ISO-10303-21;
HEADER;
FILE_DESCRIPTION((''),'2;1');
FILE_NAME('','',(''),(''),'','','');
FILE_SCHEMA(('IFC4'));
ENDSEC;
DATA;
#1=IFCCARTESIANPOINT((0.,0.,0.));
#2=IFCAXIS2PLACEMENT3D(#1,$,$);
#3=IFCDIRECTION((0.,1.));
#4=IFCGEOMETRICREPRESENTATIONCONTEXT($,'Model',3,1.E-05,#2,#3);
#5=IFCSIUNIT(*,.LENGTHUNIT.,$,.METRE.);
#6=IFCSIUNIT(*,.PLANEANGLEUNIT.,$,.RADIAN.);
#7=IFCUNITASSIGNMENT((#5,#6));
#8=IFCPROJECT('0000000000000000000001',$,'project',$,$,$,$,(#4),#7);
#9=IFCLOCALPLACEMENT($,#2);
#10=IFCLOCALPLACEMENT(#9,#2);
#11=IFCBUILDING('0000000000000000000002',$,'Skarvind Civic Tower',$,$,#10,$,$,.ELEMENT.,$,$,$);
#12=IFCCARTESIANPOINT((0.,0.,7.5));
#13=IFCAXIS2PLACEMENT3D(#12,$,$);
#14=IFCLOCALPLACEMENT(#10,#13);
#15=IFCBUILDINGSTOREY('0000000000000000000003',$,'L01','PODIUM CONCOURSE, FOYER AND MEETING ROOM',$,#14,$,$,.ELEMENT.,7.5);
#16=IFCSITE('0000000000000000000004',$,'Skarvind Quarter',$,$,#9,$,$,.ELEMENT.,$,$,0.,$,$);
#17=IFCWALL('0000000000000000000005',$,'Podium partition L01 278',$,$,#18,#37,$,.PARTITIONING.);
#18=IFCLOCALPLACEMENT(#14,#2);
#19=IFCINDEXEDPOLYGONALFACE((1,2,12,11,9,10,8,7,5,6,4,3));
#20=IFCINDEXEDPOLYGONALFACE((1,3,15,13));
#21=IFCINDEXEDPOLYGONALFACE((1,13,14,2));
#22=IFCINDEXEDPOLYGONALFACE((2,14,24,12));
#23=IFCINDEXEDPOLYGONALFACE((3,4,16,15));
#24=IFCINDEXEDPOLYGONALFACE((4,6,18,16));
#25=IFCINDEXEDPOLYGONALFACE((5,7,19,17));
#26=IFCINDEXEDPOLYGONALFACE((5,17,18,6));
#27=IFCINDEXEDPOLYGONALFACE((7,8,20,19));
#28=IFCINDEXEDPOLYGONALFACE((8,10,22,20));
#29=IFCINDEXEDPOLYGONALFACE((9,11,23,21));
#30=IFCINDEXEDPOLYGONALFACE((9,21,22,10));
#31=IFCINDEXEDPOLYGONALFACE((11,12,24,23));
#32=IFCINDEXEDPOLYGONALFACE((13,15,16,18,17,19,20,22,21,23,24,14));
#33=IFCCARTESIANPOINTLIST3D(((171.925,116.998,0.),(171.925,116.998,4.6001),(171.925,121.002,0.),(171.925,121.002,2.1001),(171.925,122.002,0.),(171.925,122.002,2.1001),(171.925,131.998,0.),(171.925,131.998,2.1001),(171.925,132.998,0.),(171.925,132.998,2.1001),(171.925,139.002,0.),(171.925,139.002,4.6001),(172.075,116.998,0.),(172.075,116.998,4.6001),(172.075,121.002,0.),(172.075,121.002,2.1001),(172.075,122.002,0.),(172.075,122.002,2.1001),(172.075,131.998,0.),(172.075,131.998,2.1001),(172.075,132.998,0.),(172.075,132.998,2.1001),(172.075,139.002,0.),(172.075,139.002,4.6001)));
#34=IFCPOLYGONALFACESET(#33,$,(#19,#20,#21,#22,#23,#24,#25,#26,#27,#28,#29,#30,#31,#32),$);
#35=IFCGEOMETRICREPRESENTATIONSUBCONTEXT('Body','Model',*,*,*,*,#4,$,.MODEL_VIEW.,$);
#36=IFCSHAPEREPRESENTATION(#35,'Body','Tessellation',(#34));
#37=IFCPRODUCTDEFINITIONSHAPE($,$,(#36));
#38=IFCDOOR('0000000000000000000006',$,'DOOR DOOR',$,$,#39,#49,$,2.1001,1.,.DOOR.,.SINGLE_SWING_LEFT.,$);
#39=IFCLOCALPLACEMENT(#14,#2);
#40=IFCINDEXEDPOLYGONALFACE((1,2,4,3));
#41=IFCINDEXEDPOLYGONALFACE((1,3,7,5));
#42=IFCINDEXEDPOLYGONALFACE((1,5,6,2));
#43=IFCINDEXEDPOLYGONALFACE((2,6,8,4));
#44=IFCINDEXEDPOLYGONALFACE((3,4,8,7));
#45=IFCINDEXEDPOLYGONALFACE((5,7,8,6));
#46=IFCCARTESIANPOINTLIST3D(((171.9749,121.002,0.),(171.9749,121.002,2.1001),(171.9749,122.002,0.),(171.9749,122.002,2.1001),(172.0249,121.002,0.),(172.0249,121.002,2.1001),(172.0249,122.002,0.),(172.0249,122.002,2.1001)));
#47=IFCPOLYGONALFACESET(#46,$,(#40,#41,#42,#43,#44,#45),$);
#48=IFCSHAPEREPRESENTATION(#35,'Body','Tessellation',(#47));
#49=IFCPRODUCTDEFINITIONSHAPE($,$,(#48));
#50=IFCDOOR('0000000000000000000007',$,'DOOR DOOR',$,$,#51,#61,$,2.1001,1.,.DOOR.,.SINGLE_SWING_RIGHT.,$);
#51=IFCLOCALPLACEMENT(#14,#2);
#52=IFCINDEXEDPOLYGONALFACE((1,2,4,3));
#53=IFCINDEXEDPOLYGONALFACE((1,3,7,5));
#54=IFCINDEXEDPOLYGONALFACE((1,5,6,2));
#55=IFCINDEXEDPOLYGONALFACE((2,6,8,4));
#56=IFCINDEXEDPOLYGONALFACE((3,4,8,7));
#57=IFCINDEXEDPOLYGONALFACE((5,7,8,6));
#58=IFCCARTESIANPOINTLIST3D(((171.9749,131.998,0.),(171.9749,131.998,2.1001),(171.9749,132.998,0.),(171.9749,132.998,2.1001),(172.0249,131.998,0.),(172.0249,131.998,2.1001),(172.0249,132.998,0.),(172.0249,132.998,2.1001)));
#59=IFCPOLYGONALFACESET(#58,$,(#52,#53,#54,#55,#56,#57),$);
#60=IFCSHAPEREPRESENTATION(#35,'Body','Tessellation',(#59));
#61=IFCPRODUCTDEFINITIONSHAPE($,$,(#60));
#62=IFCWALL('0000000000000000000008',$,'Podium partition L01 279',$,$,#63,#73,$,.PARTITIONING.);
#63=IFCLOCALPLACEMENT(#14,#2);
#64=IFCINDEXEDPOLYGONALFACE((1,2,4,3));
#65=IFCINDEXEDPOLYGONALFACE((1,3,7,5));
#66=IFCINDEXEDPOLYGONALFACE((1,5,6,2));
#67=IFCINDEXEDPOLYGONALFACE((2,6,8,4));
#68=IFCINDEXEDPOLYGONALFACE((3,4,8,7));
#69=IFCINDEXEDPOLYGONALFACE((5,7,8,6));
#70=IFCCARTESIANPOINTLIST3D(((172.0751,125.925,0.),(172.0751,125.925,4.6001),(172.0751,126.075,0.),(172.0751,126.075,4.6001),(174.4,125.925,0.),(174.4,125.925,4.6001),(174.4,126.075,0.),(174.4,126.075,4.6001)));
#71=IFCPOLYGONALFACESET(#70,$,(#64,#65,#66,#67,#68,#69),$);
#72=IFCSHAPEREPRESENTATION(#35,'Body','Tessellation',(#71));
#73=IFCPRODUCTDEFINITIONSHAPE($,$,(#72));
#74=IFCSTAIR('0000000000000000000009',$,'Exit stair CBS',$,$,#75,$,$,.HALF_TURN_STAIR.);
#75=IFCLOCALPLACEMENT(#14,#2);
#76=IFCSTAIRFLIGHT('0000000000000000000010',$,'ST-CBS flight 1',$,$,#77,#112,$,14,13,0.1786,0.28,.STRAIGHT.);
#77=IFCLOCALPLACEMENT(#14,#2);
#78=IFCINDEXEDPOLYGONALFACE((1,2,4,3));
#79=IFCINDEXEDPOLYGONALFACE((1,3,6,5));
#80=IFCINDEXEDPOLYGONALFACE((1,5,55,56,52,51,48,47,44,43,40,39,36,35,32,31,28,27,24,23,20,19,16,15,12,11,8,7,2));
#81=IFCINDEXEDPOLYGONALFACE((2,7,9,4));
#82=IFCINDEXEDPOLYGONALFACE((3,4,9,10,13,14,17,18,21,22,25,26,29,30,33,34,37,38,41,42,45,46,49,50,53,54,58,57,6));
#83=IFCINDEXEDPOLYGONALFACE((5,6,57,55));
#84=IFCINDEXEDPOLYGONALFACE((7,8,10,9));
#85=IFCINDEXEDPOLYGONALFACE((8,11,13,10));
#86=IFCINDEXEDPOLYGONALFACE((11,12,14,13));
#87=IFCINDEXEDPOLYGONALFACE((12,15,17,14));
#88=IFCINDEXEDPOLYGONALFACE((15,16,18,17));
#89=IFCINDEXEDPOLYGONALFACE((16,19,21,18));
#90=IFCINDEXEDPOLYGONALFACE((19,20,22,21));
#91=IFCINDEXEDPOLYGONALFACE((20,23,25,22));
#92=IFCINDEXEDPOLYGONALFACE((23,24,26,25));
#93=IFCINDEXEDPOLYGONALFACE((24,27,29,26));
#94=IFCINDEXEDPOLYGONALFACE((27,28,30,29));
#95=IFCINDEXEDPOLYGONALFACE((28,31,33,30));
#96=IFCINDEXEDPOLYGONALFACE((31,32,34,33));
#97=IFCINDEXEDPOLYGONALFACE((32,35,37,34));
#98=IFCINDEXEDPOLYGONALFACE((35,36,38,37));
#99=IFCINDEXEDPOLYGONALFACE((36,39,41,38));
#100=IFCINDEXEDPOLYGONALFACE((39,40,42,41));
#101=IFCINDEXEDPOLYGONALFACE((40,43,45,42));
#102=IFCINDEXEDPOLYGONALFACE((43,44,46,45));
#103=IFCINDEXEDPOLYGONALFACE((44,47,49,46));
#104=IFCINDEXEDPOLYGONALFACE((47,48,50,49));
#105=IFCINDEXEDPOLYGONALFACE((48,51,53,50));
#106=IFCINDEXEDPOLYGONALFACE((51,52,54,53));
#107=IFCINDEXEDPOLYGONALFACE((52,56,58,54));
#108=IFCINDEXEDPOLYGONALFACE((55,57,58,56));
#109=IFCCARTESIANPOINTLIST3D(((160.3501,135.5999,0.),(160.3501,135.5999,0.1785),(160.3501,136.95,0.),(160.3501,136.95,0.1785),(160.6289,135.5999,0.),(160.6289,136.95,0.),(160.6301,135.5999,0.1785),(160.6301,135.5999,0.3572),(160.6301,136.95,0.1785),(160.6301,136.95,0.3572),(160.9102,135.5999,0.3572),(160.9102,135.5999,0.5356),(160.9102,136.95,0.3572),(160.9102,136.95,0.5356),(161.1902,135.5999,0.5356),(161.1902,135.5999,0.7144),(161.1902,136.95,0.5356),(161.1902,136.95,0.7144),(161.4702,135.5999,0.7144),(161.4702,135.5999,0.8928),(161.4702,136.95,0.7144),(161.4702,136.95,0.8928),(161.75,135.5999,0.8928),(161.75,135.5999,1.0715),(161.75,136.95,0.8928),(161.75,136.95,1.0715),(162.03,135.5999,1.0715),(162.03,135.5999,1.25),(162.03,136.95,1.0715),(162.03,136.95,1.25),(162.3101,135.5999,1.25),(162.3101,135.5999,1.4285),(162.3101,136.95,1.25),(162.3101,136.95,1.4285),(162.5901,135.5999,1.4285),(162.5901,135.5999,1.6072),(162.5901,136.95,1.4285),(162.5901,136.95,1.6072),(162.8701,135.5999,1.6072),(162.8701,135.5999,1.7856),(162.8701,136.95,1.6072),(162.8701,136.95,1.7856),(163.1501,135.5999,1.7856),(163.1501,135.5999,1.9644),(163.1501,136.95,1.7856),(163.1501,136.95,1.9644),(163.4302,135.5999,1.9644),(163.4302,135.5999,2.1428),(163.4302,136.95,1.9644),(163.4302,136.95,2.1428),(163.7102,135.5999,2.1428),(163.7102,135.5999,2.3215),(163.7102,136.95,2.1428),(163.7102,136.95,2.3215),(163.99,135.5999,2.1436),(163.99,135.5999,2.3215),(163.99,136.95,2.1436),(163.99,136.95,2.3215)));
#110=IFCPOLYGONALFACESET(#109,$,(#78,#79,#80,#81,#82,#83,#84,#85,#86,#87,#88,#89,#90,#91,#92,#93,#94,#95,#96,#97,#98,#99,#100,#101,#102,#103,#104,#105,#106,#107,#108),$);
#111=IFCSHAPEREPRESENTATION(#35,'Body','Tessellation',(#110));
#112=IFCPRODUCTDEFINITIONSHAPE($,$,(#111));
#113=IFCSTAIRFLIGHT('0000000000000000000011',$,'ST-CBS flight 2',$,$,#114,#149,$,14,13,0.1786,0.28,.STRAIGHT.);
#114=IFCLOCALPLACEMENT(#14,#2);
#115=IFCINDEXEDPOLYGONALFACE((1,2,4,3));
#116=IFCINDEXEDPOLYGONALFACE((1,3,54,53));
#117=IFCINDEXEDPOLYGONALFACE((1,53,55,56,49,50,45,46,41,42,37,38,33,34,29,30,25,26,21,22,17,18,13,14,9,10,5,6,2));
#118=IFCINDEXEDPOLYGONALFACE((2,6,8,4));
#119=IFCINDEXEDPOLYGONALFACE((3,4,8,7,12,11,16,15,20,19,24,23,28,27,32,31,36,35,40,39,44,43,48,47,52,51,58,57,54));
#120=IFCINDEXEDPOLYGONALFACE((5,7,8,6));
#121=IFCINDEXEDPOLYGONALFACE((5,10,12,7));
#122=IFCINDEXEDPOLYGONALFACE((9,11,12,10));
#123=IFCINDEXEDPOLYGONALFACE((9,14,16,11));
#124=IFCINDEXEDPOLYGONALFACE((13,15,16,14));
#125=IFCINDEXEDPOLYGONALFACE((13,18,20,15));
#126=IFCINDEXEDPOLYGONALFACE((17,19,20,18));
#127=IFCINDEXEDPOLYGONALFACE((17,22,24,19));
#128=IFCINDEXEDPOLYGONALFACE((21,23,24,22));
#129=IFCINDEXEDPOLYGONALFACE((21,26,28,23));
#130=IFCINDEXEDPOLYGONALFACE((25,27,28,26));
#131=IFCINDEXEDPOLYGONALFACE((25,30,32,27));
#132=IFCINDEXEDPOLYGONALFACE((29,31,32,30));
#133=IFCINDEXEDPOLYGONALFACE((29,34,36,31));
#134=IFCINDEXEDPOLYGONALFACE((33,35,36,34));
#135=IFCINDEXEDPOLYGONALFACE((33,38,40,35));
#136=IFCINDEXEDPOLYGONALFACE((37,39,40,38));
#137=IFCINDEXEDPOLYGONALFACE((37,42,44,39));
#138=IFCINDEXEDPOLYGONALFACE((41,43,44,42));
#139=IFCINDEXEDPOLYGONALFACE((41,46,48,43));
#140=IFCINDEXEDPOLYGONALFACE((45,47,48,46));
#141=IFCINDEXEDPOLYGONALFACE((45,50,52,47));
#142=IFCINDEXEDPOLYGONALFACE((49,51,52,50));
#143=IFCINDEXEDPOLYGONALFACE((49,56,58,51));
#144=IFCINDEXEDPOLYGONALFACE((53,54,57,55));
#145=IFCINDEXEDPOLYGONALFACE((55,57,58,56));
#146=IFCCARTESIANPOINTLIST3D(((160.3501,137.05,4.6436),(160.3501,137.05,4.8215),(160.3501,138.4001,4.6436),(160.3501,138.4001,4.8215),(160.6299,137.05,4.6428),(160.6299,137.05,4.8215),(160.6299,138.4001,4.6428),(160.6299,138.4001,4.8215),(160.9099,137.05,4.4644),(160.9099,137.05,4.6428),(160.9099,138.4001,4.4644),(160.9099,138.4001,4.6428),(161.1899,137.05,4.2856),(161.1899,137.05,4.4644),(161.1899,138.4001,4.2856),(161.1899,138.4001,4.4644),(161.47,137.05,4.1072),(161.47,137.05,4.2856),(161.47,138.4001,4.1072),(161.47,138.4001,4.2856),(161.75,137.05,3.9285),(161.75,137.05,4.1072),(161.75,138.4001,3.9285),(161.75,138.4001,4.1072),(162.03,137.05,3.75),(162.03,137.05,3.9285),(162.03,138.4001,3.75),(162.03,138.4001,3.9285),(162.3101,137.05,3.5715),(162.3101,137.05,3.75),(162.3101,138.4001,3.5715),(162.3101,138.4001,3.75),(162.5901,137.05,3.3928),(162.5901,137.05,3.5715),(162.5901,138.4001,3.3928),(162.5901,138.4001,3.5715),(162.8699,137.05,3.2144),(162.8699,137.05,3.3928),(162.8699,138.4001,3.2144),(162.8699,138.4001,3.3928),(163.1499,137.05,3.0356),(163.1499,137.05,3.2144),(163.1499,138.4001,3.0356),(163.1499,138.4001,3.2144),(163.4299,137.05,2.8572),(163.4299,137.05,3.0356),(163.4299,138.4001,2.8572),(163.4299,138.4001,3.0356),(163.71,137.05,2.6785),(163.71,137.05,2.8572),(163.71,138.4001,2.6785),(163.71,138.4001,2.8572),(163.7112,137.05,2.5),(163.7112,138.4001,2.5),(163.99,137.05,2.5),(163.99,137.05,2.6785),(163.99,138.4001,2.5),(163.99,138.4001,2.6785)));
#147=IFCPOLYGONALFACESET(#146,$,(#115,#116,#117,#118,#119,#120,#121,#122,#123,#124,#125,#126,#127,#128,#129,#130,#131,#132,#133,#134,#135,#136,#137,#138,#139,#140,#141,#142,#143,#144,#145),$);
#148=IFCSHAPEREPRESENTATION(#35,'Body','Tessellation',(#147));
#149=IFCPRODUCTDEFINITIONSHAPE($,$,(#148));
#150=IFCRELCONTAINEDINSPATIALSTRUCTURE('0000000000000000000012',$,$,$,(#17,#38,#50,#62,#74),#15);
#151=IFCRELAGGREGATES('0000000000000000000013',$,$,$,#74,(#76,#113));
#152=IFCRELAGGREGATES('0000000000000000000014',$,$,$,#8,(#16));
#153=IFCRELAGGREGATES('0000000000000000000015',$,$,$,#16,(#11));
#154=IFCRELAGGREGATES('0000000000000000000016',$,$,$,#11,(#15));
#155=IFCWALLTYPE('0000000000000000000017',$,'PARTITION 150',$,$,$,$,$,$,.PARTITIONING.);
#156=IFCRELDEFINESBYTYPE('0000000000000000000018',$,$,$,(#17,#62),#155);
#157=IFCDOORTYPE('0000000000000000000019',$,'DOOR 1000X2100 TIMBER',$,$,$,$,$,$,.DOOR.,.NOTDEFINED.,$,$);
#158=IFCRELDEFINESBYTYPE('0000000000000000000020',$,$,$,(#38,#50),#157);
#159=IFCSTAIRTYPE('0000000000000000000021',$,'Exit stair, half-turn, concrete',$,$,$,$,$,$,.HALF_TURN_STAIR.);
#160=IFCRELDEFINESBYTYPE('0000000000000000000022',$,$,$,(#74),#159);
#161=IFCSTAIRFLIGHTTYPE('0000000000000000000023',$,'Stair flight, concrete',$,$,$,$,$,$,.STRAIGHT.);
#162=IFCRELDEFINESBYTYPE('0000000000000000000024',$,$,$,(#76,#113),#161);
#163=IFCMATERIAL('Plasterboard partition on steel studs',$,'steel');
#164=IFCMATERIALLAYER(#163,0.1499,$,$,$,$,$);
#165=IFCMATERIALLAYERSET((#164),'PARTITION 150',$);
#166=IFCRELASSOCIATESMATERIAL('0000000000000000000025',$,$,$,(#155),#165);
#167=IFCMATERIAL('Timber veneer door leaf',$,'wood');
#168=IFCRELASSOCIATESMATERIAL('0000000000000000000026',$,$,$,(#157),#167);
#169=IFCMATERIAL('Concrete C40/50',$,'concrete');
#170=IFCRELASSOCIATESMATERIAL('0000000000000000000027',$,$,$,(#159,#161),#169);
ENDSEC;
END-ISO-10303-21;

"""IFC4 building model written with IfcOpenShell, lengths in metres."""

from ifc_helpers import new_model, si_unit, direction, frame, frame_2d, origin, place, context, subcontext, project, spatial, polyline, rectangle, outline, extrude, material, layer, layer_set, type_object, element, fill, aggregate, save


model = new_model("IFC4")

# Units and contexts
model_context = context("Model", 3, precision=1e-05, world=origin(), true_north=direction((0.0, 1.0)))
body_context = subcontext(model_context, "Body", "Model", "MODEL_VIEW")
ifc_project = project(units=[si_unit("LENGTHUNIT", "METRE"), si_unit("PLANEANGLEUNIT", "RADIAN")], contexts=[model_context])

# Site, building, storey
site_placement = place(None, origin())
site = spatial("IfcSite", under=ifc_project, at=site_placement, Name="Skarvind Quarter", CompositionType="ELEMENT", RefElevation=0.0)
building_placement = place(site_placement, origin())
building = spatial("IfcBuilding", under=site, at=building_placement, Name="Skarvind Civic Tower", CompositionType="ELEMENT")
storey_placement = place(building_placement, frame((0.0, 0.0, 7.5)))
storey = spatial("IfcBuildingStorey", under=building, at=storey_placement, Name="L01", Description="PODIUM CONCOURSE, FOYER AND MEETING ROOM", CompositionType="ELEMENT", Elevation=7.5)

# Shared definitions
ifc_material_1 = material(Name="Plasterboard partition on steel studs", Category="steel")
ifc_layer_1 = layer(ifc_material_1, 0.1499)
ifc_layer_set_1 = layer_set([ifc_layer_1], Name="PARTITION 150")
wall_type_1 = type_object("IfcWallType", Name="PARTITION 150", PredefinedType="PARTITIONING", material=ifc_layer_set_1)

# Wall, openings, doors
wall_1_placement = place(storey_placement, frame((172.0, 139.002, 0.0), z_axis=(0.0, 0.0, 1.0), x_axis=(0.0, -1.0, 0.0)))
wall_1 = element("IfcWall", 1, at=wall_1_placement, inside=storey, type_object=wall_type_1, Name="Podium partition L01 278", PredefinedType="PARTITIONING", context=body_context, shape_type="SweptSolid", body=[
    extrude(rectangle(XDim=22.0039, YDim=0.1499, at=frame_2d((11.002, 0.0))), origin(), (0.0, 0.0, 1.0), 4.6001),
])
opening_1_placement = place(wall_1_placement, frame((17.0, 0.0, 0.0)))
opening_1 = element("IfcOpeningElement", 2, at=opening_1_placement, cuts=wall_1, PredefinedType="OPENING", context=body_context, shape_type="SweptSolid", body=[
    extrude(rectangle(XDim=1.0, YDim=2.1001, at=frame_2d((0.5, 1.05))), frame((0.0, 0.085, 0.0), z_axis=(0.0, -1.0, 0.0), x_axis=(1.0, 0.0, 0.0)), (0.0, 0.0, 1.0), 0.1699),
])
opening_2_placement = place(wall_1_placement, frame((6.0039, 0.0, 0.0)))
opening_2 = element("IfcOpeningElement", 3, at=opening_2_placement, cuts=wall_1, PredefinedType="OPENING", context=body_context, shape_type="SweptSolid", body=[
    extrude(rectangle(XDim=1.0, YDim=2.1001, at=frame_2d((0.5, 1.05))), frame((0.0, 0.085, 0.0), z_axis=(0.0, -1.0, 0.0), x_axis=(1.0, 0.0, 0.0)), (0.0, 0.0, 1.0), 0.1699),
])
ifc_material_2 = material(Name="Timber veneer door leaf", Category="wood")
door_type_1 = type_object("IfcDoorType", Name="DOOR 1000X2100 TIMBER", OperationType="NOTDEFINED", PredefinedType="DOOR", material=ifc_material_2)
door_1_placement = place(opening_1_placement, origin())
door_1 = element("IfcDoor", 4, at=door_1_placement, inside=storey, type_object=door_type_1, Name="DOOR DOOR", OperationType="SINGLE_SWING_LEFT", OverallHeight=2.1001, OverallWidth=1.0, PredefinedType="DOOR", context=body_context, shape_type="SweptSolid", body=[
    extrude(rectangle(XDim=1.0, YDim=2.1001, at=frame_2d((0.5, 1.05))), frame((0.0, 0.0249, 0.0), z_axis=(0.0, -1.0, 0.0), x_axis=(1.0, 0.0, 0.0)), (0.0, 0.0, 1.0), 0.05),
])
fill(opening_1, door_1)
door_2_placement = place(opening_2_placement, origin())
door_2 = element("IfcDoor", 5, at=door_2_placement, inside=storey, type_object=door_type_1, Name="DOOR DOOR", OperationType="SINGLE_SWING_RIGHT", OverallHeight=2.1001, OverallWidth=1.0, PredefinedType="DOOR", context=body_context, shape_type="SweptSolid", body=[
    extrude(rectangle(XDim=1.0, YDim=2.1001, at=frame_2d((0.5, 1.05))), frame((0.0, 0.0249, 0.0), z_axis=(0.0, -1.0, 0.0), x_axis=(1.0, 0.0, 0.0)), (0.0, 0.0, 1.0), 0.05),
])
fill(opening_2, door_2)

# Wall
wall_2_placement = place(storey_placement, frame((172.075, 126.0, 0.0), z_axis=(0.0, 0.0, 1.0), x_axis=(1.0, 0.0, 0.0)))
element("IfcWall", 6, at=wall_2_placement, inside=storey, type_object=wall_type_1, Name="Podium partition L01 279", PredefinedType="PARTITIONING", context=body_context, shape_type="SweptSolid", body=[
    extrude(rectangle(XDim=2.325, YDim=0.1499, at=frame_2d((1.1626, 0.0))), origin(), (0.0, 0.0, 1.0), 4.6001),
])

# Stair, stair flights
ifc_material_3 = material(Name="Concrete C40/50", Category="concrete")
stair_type = type_object("IfcStairType", Name="Exit stair, half-turn, concrete", PredefinedType="HALF_TURN_STAIR", material=ifc_material_3)
stair_1_placement = place(storey_placement, origin())
stair_1 = element("IfcStair", 7, at=stair_1_placement, inside=storey, type_object=stair_type, Name="Exit stair CBS", PredefinedType="HALF_TURN_STAIR")
stair_flight_type = type_object("IfcStairFlightType", Name="Stair flight, concrete", PredefinedType="STRAIGHT", material=ifc_material_3)
stair_flight_1_placement = place(storey_placement, frame((160.3501, 136.2749, 0.0), z_axis=(0.0, 0.0, 1.0), x_axis=(1.0, 0.0, 0.0)))
stair_flight_1 = element("IfcStairFlight", 8, at=stair_flight_1_placement, type_object=stair_flight_type, Name="ST-CBS flight 1", NumberOfRisers=14, NumberOfTreads=13, PredefinedType="STRAIGHT", RiserHeight=0.1786, TreadLength=0.28, context=body_context, shape_type="SweptSolid", body=[
    extrude(outline(polyline([(0.0, 0.0), (0.0, 0.1785), (0.28, 0.1785), (0.28, 0.3572), (0.5601, 0.3572), (0.5601, 0.5356), (0.8401, 0.5356), (0.8401, 0.7144), (1.1201, 0.7144), (1.1201, 0.8928), (1.3999, 0.8928), (1.3999, 1.0715), (1.6799, 1.0715), (1.6799, 1.25), (1.96, 1.25), (1.96, 1.4285), (2.24, 1.4285), (2.24, 1.6072), (2.52, 1.6072), (2.52, 1.7856), (2.8, 1.7856), (2.8, 1.9644), (3.0801, 1.9644), (3.0801, 2.1428), (3.3601, 2.1428), (3.3601, 2.3215), (3.6399, 2.3215), (3.6399, 2.5), (3.6399, 2.1436), (0.2788, 0.0), (0.0, 0.0)])), frame((0.0, 0.675, 0.0), z_axis=(0.0, -1.0, 0.0), x_axis=(1.0, 0.0, 0.0)), (0.0, 0.0, 1.0), 1.3501),
])
stair_flight_2_placement = place(storey_placement, frame((163.99, 137.7251, 2.5), z_axis=(0.0, 0.0, 1.0), x_axis=(-1.0, 0.0, 0.0)))
stair_flight_2 = element("IfcStairFlight", 9, at=stair_flight_2_placement, type_object=stair_flight_type, Name="ST-CBS flight 2", NumberOfRisers=14, NumberOfTreads=13, PredefinedType="STRAIGHT", RiserHeight=0.1786, TreadLength=0.28, context=body_context, shape_type="SweptSolid", body=[
    extrude(outline(polyline([(0.0, 0.0), (0.0, 0.1785), (0.28, 0.1785), (0.28, 0.3572), (0.5601, 0.3572), (0.5601, 0.5356), (0.8401, 0.5356), (0.8401, 0.7144), (1.1201, 0.7144), (1.1201, 0.8928), (1.3999, 0.8928), (1.3999, 1.0715), (1.6799, 1.0715), (1.6799, 1.25), (1.96, 1.25), (1.96, 1.4285), (2.24, 1.4285), (2.24, 1.6072), (2.52, 1.6072), (2.52, 1.7856), (2.8, 1.7856), (2.8, 1.9644), (3.0801, 1.9644), (3.0801, 2.1428), (3.3601, 2.1428), (3.3601, 2.3215), (3.6399, 2.3215), (3.6399, 2.5), (3.6399, 2.1436), (0.2788, 0.0), (0.0, 0.0)])), frame((0.0, 0.675, 0.0), z_axis=(0.0, -1.0, 0.0), x_axis=(1.0, 0.0, 0.0)), (0.0, 0.0, 1.0), 1.3501),
])
aggregate(stair_1, [stair_flight_1, stair_flight_2])

save(model, "model.ifc")
